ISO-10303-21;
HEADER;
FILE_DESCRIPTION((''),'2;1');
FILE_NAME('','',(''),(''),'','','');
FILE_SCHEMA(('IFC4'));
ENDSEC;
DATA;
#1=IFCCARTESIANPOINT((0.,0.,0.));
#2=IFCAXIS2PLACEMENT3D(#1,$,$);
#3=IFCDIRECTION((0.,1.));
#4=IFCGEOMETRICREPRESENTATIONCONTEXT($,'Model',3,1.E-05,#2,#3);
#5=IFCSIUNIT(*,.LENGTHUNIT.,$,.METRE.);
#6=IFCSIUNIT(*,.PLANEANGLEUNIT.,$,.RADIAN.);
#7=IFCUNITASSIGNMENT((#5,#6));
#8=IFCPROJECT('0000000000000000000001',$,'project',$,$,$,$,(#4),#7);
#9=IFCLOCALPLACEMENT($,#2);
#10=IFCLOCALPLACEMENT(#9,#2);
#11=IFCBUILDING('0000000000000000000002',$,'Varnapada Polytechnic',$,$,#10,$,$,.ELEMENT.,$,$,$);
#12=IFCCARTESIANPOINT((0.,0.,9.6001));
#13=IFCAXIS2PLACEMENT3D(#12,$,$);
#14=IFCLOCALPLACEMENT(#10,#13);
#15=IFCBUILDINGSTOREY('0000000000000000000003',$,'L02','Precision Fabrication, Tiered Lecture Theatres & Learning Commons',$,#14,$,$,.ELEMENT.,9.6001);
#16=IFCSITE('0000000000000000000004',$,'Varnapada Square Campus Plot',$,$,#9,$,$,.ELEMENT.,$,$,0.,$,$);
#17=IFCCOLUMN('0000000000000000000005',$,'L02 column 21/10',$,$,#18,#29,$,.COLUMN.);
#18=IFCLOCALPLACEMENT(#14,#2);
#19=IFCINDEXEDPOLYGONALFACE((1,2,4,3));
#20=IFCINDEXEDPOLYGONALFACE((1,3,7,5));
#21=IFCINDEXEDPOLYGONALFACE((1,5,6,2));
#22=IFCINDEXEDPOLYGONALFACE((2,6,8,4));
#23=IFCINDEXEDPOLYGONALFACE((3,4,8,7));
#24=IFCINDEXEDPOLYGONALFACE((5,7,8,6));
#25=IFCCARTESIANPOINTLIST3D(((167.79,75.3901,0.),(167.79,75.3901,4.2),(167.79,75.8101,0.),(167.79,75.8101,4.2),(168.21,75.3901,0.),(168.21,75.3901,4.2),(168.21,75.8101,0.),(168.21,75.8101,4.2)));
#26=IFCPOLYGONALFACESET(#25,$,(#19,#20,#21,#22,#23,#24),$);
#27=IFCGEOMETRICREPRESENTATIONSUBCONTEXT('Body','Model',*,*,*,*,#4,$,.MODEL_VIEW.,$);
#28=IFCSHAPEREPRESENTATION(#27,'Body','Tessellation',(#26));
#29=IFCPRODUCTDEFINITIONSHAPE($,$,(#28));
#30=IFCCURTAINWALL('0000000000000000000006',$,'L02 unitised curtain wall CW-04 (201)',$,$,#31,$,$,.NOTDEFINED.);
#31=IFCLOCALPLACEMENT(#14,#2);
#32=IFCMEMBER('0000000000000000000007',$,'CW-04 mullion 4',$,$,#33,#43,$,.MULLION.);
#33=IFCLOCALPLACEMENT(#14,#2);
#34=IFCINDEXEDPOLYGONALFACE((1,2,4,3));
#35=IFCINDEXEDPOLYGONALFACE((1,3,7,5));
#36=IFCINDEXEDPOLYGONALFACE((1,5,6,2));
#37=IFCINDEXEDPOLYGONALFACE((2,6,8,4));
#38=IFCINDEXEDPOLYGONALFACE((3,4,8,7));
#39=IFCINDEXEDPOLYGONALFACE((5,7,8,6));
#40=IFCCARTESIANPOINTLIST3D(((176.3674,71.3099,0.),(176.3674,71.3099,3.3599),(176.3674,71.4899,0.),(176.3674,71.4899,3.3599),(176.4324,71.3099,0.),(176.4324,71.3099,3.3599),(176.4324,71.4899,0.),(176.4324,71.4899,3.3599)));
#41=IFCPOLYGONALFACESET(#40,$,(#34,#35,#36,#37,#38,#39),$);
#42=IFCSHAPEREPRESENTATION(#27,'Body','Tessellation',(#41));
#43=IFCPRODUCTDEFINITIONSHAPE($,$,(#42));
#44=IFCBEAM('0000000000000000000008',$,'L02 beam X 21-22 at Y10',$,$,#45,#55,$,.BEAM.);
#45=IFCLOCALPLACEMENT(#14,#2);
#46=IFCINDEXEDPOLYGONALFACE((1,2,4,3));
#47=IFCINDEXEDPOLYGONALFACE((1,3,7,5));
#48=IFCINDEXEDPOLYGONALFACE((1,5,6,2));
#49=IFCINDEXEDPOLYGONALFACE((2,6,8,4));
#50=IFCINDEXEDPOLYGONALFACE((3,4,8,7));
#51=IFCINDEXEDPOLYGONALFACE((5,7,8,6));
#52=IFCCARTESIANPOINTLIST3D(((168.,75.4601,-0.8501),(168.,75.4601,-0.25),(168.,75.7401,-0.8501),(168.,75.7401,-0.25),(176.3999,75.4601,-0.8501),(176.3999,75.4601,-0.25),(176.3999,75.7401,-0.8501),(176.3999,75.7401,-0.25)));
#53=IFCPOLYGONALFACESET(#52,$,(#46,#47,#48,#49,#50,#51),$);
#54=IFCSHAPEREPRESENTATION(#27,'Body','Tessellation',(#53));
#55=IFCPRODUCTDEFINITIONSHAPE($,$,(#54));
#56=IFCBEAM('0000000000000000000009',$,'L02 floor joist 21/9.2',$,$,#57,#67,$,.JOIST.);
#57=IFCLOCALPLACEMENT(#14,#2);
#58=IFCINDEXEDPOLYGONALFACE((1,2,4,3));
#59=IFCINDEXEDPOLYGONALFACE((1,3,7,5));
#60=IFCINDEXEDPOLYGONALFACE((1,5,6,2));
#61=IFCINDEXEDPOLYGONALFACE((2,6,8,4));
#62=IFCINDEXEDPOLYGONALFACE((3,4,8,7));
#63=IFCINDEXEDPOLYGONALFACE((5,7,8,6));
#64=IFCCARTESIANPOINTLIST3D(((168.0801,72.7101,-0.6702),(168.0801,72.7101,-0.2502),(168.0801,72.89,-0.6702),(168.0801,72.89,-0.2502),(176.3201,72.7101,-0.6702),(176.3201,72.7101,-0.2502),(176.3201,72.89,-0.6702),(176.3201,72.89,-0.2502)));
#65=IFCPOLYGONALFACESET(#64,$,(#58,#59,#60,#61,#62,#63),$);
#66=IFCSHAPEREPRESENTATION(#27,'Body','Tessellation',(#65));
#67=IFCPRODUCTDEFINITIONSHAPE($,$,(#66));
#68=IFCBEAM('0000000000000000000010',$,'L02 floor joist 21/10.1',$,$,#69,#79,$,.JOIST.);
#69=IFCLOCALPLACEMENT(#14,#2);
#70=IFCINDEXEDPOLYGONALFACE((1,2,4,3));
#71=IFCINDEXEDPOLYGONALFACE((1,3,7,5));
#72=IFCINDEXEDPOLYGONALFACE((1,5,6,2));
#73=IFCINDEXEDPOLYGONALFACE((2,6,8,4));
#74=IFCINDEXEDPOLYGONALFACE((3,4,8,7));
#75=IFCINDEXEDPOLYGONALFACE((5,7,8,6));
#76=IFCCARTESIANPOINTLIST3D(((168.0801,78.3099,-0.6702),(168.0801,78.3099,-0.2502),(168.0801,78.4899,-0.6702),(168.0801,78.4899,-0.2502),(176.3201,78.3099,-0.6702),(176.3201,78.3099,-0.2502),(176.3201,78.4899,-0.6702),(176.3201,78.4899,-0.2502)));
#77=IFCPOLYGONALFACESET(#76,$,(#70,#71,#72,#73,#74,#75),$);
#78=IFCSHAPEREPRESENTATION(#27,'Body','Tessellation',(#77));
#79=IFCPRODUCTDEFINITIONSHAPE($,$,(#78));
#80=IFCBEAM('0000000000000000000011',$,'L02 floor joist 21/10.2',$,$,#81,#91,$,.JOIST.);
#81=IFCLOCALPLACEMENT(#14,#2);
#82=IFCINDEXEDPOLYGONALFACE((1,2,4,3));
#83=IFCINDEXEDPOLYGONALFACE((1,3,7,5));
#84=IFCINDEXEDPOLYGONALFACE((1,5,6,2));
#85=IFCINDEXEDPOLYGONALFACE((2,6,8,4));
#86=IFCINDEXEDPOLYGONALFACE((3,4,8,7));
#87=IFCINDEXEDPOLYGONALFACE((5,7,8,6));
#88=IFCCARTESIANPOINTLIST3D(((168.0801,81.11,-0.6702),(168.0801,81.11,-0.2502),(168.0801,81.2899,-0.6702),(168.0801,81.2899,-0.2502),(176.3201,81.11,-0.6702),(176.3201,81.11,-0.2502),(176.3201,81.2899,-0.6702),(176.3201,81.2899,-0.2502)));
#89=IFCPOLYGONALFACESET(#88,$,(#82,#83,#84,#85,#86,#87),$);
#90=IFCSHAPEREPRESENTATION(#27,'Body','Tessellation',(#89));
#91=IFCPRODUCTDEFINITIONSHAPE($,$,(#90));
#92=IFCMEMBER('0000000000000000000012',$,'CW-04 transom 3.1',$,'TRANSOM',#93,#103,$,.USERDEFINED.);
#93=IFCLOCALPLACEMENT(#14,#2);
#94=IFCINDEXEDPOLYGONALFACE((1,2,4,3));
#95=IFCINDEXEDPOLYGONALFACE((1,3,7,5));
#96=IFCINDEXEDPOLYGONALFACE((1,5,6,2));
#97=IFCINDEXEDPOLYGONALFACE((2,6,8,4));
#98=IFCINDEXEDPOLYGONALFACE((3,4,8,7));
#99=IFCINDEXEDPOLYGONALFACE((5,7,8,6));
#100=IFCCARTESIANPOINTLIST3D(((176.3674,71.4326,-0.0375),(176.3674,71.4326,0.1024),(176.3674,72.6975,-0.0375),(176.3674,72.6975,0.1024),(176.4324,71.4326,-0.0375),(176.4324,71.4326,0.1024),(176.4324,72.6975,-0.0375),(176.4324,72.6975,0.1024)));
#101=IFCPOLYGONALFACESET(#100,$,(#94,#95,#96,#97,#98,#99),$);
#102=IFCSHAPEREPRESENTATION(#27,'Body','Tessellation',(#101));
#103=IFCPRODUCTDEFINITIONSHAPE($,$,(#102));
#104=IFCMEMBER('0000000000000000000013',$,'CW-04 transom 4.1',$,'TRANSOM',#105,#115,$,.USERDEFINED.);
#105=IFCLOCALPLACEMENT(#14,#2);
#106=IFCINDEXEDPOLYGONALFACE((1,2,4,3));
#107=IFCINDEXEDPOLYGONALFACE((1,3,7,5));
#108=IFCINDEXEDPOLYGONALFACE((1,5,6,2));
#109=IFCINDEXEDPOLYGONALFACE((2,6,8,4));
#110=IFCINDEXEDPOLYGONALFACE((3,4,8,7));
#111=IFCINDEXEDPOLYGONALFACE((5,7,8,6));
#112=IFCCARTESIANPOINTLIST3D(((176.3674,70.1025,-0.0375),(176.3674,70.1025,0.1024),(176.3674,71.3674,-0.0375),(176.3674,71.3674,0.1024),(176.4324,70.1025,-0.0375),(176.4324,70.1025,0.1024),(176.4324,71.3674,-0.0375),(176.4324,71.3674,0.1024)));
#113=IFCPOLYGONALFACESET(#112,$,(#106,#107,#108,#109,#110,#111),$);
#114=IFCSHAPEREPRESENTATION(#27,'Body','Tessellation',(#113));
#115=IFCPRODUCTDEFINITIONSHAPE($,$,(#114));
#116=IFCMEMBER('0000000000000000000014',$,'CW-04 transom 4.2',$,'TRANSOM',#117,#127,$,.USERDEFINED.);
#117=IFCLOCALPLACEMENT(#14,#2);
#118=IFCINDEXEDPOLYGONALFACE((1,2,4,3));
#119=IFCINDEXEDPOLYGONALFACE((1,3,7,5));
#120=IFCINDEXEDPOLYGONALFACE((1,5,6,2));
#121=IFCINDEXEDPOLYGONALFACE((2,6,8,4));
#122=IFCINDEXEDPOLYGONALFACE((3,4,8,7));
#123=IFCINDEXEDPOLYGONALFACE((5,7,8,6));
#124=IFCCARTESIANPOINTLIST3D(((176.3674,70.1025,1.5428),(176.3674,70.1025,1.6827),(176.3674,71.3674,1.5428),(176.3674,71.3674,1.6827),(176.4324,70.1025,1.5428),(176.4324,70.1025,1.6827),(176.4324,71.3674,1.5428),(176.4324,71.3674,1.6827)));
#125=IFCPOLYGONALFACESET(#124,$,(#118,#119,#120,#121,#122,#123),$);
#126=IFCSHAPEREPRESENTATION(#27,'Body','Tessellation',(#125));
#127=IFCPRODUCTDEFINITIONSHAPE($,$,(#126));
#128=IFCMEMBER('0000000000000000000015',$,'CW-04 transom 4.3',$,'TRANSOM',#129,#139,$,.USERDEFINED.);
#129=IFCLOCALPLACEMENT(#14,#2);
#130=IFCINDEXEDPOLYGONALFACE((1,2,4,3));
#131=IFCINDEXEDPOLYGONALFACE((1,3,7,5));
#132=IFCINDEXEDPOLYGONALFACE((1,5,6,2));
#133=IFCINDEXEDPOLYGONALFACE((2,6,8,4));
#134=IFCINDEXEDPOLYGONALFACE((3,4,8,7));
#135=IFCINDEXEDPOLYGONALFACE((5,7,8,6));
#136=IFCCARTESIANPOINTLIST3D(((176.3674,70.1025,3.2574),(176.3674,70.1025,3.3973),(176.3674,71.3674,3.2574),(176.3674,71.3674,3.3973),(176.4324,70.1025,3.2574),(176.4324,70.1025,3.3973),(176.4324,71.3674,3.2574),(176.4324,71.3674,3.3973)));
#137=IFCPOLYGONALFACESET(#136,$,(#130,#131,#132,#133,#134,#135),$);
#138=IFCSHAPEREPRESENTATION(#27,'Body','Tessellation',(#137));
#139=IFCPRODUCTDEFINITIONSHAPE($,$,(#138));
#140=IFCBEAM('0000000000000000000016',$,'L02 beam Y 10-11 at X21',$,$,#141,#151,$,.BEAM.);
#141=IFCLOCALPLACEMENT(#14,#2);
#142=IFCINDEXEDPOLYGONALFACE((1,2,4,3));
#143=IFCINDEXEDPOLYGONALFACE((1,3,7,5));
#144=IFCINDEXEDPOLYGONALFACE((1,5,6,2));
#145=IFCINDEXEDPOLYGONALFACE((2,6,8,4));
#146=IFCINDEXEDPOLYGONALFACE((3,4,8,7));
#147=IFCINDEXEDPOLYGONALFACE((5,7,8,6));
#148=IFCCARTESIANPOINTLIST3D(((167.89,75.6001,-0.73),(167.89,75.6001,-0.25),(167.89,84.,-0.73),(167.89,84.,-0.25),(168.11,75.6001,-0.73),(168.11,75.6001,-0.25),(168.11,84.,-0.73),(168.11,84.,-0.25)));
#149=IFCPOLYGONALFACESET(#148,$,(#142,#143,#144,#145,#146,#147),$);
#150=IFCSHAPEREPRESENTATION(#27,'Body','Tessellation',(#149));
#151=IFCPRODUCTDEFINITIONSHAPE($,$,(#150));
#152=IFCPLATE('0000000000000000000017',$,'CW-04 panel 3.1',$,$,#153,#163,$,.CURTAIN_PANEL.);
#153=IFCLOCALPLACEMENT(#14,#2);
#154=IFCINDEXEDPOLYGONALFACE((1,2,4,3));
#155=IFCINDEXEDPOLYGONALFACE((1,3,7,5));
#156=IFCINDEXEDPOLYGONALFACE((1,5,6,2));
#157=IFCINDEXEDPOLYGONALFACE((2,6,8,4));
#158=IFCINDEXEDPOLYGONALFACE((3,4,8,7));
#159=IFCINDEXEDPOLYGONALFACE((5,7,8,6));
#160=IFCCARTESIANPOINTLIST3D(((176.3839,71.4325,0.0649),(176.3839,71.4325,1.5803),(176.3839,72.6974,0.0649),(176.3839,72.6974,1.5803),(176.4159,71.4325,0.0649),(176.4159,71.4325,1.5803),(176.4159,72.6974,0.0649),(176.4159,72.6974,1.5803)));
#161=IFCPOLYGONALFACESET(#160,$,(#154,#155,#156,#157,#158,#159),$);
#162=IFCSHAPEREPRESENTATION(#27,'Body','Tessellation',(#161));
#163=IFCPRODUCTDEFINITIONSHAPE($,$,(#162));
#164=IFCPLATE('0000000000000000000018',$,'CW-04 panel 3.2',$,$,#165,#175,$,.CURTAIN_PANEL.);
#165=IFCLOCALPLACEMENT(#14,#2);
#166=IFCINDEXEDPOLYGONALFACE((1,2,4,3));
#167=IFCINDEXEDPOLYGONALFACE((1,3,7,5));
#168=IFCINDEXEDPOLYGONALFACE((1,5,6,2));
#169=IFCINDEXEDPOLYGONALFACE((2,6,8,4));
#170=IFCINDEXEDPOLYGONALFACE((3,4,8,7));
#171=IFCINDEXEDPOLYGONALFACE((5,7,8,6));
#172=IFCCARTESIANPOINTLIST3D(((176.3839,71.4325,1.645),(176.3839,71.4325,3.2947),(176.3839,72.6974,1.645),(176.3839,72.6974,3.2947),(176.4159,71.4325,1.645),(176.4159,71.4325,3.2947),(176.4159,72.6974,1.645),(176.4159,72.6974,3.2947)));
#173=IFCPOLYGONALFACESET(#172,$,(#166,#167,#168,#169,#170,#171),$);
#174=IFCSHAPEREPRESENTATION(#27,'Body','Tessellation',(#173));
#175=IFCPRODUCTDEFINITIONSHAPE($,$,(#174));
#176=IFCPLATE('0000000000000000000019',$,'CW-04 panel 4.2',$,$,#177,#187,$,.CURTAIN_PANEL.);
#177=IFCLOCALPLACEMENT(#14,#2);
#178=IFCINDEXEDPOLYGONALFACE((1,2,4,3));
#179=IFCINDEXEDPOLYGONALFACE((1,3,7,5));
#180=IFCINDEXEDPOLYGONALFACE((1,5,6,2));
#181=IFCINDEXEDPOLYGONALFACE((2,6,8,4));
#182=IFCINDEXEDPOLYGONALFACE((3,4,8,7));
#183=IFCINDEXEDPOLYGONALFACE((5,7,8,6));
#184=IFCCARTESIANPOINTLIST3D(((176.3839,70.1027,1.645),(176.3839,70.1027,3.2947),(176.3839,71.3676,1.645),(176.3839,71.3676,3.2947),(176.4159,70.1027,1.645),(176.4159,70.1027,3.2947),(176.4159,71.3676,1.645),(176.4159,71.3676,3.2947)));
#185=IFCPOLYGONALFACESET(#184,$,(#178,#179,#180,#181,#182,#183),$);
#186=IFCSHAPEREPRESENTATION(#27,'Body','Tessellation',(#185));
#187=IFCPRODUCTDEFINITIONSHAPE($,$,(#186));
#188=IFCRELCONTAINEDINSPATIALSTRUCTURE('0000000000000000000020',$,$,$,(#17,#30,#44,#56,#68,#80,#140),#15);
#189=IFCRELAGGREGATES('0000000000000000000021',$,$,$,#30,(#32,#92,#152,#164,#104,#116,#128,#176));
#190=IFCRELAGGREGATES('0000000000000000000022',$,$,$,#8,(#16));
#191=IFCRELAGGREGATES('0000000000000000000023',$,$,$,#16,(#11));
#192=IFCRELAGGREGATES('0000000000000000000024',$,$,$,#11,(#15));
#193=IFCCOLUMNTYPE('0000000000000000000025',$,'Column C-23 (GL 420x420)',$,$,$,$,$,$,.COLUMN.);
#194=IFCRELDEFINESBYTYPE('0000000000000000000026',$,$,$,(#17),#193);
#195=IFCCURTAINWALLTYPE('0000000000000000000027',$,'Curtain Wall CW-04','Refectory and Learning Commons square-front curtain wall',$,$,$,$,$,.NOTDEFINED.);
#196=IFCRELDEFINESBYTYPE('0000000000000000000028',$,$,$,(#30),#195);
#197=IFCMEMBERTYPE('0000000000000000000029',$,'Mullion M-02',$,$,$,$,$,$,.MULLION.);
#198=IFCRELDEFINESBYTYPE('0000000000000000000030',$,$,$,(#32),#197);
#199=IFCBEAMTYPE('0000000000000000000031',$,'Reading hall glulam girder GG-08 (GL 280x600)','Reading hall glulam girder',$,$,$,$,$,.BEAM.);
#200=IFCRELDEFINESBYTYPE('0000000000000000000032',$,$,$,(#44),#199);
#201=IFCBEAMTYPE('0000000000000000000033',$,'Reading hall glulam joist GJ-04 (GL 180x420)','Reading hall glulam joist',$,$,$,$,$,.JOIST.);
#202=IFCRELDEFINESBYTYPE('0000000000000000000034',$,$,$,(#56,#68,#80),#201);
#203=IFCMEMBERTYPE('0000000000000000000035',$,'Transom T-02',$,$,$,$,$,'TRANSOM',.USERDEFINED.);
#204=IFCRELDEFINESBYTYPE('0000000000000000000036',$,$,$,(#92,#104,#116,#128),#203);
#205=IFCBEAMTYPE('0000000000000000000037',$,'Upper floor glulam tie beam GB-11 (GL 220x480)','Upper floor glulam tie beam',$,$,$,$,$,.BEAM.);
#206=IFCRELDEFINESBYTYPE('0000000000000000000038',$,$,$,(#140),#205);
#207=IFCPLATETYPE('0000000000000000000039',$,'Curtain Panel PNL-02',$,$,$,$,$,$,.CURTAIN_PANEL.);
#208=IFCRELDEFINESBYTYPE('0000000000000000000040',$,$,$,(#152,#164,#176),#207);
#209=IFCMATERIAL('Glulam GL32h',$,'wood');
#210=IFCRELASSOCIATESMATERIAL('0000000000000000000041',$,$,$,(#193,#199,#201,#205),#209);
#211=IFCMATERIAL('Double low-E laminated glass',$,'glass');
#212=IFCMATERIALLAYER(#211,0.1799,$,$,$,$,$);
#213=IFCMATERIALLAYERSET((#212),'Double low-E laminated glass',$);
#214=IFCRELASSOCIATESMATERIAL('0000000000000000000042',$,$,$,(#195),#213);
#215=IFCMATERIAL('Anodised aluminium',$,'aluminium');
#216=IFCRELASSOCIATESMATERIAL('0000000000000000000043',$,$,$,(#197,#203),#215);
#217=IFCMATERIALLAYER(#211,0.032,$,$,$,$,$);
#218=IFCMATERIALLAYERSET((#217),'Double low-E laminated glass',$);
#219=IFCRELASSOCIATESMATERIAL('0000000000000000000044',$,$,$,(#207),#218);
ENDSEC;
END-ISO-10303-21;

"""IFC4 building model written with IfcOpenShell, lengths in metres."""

from ifc_helpers import new_model, si_unit, direction, frame, origin, origin_2d, place, context, subcontext, project, spatial, rectangle, extrude, material, layer, layer_set, material_profile, profile_set, type_object, element, aggregate, save


model = new_model("IFC4")

# Units and contexts
model_context = context("Model", 3, precision=1e-05, world=origin(), true_north=direction((0.0, 1.0)))
body_context = subcontext(model_context, "Body", "Model", "MODEL_VIEW")
ifc_project = project(units=[si_unit("LENGTHUNIT", "METRE"), si_unit("PLANEANGLEUNIT", "RADIAN")], contexts=[model_context])

# Site, building, storey
site_placement = place(None, origin())
site = spatial("IfcSite", under=ifc_project, at=site_placement, Name="Varnapada Square Campus Plot", CompositionType="ELEMENT", RefElevation=0.0)
building_placement = place(site_placement, origin())
building = spatial("IfcBuilding", under=site, at=building_placement, Name="Varnapada Polytechnic", CompositionType="ELEMENT")
storey_placement = place(building_placement, frame((0.0, 0.0, 9.6001)))
storey = spatial("IfcBuildingStorey", under=building, at=storey_placement, Name="L02", Description="Precision Fabrication, Tiered Lecture Theatres & Learning Commons", CompositionType="ELEMENT", Elevation=9.6001)

# Column
ifc_material_1 = material(Name="Glulam GL32h", Category="wood")
ifc_material_profile_1 = material_profile(ifc_material_1, rectangle(XDim=0.4199, YDim=0.4199, at=origin_2d()), Name="GL 420x420")
ifc_profile_set_1 = profile_set([ifc_material_profile_1], Name="Glulam GL32h")
column_type = type_object("IfcColumnType", Name="Column C-23 (GL 420x420)", PredefinedType="COLUMN", material=ifc_profile_set_1)
column_placement = place(storey_placement, frame((168.0, 75.6001, 0.0), z_axis=(0.0, 0.0, 1.0), x_axis=(1.0, 0.0, 0.0)))
element("IfcColumn", 1, at=column_placement, inside=storey, type_object=column_type, Name="L02 column 21/10", PredefinedType="COLUMN", context=body_context, shape_type="SweptSolid", body=[
    extrude(rectangle(XDim=0.4199, YDim=0.4199, at=origin_2d()), origin(), (0.0, 0.0, 1.0), 4.2),
])

# Curtain wall, member
ifc_material_2 = material(Name="Double low-E laminated glass", Category="glass")
ifc_layer_1 = layer(ifc_material_2, 0.1799)
ifc_layer_set_1 = layer_set([ifc_layer_1], Name="Double low-E laminated glass")
curtain_wall_type = type_object("IfcCurtainWallType", Name="Curtain Wall CW-04", Description="Refectory and Learning Commons square-front curtain wall", PredefinedType="NOTDEFINED", material=ifc_layer_set_1)
curtain_wall_placement = place(storey_placement, origin())
curtain_wall = element("IfcCurtainWall", 2, at=curtain_wall_placement, inside=storey, type_object=curtain_wall_type, Name="L02 unitised curtain wall CW-04 (201)", PredefinedType="NOTDEFINED")
ifc_material_3 = material(Name="Anodised aluminium", Category="aluminium")
ifc_material_profile_2 = material_profile(ifc_material_3, rectangle(XDim=0.0649, YDim=0.1799, at=origin_2d()), Name="ALU M65x180")
ifc_profile_set_2 = profile_set([ifc_material_profile_2], Name="Anodised aluminium")
member_type_1 = type_object("IfcMemberType", Name="Mullion M-02", PredefinedType="MULLION", material=ifc_profile_set_2)
member_1_placement = place(storey_placement, frame((176.3999, 71.3999, 0.0), z_axis=(0.0, 0.0, 1.0), x_axis=(1.0, 0.0, 0.0)))
member_1 = element("IfcMember", 3, at=member_1_placement, type_object=member_type_1, Name="CW-04 mullion 4", PredefinedType="MULLION", context=body_context, shape_type="SweptSolid", body=[
    extrude(rectangle(XDim=0.0649, YDim=0.1799, at=origin_2d()), origin(), (0.0, 0.0, 1.0), 3.3599),
])

# Beams
ifc_material_profile_3 = material_profile(ifc_material_1, rectangle(XDim=0.28, YDim=0.6001, at=origin_2d()), Name="GL 280x600")
ifc_profile_set_3 = profile_set([ifc_material_profile_3], Name="Glulam GL32h")
beam_type_1 = type_object("IfcBeamType", Name="Reading hall glulam girder GG-08 (GL 280x600)", Description="Reading hall glulam girder", PredefinedType="BEAM", material=ifc_profile_set_3)
beam_1_placement = place(storey_placement, frame((168.0, 75.6001, -0.55), z_axis=(1.0, 0.0, 0.0), x_axis=(0.0, 1.0, 0.0)))
element("IfcBeam", 4, at=beam_1_placement, inside=storey, type_object=beam_type_1, Name="L02 beam X 21-22 at Y10", PredefinedType="BEAM", context=body_context, shape_type="SweptSolid", body=[
    extrude(rectangle(XDim=0.28, YDim=0.6001, at=origin_2d()), origin(), (0.0, 0.0, 1.0), 8.3999),
])
ifc_material_profile_4 = material_profile(ifc_material_1, rectangle(XDim=0.1799, YDim=0.4199, at=origin_2d()), Name="GL 180x420")
ifc_profile_set_4 = profile_set([ifc_material_profile_4], Name="Glulam GL32h")
beam_type_2 = type_object("IfcBeamType", Name="Reading hall glulam joist GJ-04 (GL 180x420)", Description="Reading hall glulam joist", PredefinedType="JOIST", material=ifc_profile_set_4)
for number, where, z_axis, x_axis, name in (
    (5, (168.0801, 72.8, -0.4602), (1.0, 0.0, 0.0), (0.0, 1.0, 0.0), "L02 floor joist 21/9.2"),
    (6, (168.0801, 78.3999, -0.4602), (1.0, 0.0, 0.0), (0.0, 1.0, 0.0), "L02 floor joist 21/10.1"),
    (7, (168.0801, 81.2, -0.4602), (1.0, 0.0, 0.0), (0.0, 1.0, 0.0), "L02 floor joist 21/10.2"),
):
    element("IfcBeam", number, at=place(storey_placement, frame(where, z_axis=z_axis, x_axis=x_axis)), inside=storey, type_object=beam_type_2, Name=name, PredefinedType="JOIST", context=body_context, shape_type="SweptSolid", body=[
        extrude(rectangle(XDim=0.1799, YDim=0.4199, at=origin_2d()), origin(), (0.0, 0.0, 1.0), 8.24),
    ])

# Members
ifc_material_profile_5 = material_profile(ifc_material_3, rectangle(XDim=0.0649, YDim=0.1399, at=origin_2d()), Name="ALU T65x140")
ifc_profile_set_5 = profile_set([ifc_material_profile_5], Name="Anodised aluminium")
member_type_2 = type_object("IfcMemberType", Name="Transom T-02", ElementType="TRANSOM", PredefinedType="USERDEFINED", material=ifc_profile_set_5)
member_2_placement = place(storey_placement, frame((176.3999, 72.6975, 0.0325), z_axis=(0.0, -1.0, 0.0), x_axis=(1.0, 0.0, 0.0)))
member_2 = element("IfcMember", 8, at=member_2_placement, type_object=member_type_2, Name="CW-04 transom 3.1", ObjectType="TRANSOM", PredefinedType="USERDEFINED", context=body_context, shape_type="SweptSolid", body=[
    extrude(rectangle(XDim=0.0649, YDim=0.1399, at=origin_2d()), origin(), (0.0, 0.0, 1.0), 1.2649),
])
member_3_placement = place(storey_placement, frame((176.3999, 71.3674, 0.0325), z_axis=(0.0, -1.0, 0.0), x_axis=(1.0, 0.0, 0.0)))
member_3 = element("IfcMember", 9, at=member_3_placement, type_object=member_type_2, Name="CW-04 transom 4.1", ObjectType="TRANSOM", PredefinedType="USERDEFINED", context=body_context, shape_type="SweptSolid", body=[
    extrude(rectangle(XDim=0.0649, YDim=0.1399, at=origin_2d()), origin(), (0.0, 0.0, 1.0), 1.2649),
])
member_4_placement = place(storey_placement, frame((176.3999, 71.3674, 1.6128), z_axis=(0.0, -1.0, 0.0), x_axis=(1.0, 0.0, 0.0)))
member_4 = element("IfcMember", 10, at=member_4_placement, type_object=member_type_2, Name="CW-04 transom 4.2", ObjectType="TRANSOM", PredefinedType="USERDEFINED", context=body_context, shape_type="SweptSolid", body=[
    extrude(rectangle(XDim=0.0649, YDim=0.1399, at=origin_2d()), origin(), (0.0, 0.0, 1.0), 1.2649),
])
member_5_placement = place(storey_placement, frame((176.3999, 71.3674, 3.3274), z_axis=(0.0, -1.0, 0.0), x_axis=(1.0, 0.0, 0.0)))
member_5 = element("IfcMember", 11, at=member_5_placement, type_object=member_type_2, Name="CW-04 transom 4.3", ObjectType="TRANSOM", PredefinedType="USERDEFINED", context=body_context, shape_type="SweptSolid", body=[
    extrude(rectangle(XDim=0.0649, YDim=0.1399, at=origin_2d()), origin(), (0.0, 0.0, 1.0), 1.2649),
])

# Beam
ifc_material_profile_6 = material_profile(ifc_material_1, rectangle(XDim=0.22, YDim=0.48, at=origin_2d()), Name="GL 220x480")
ifc_profile_set_6 = profile_set([ifc_material_profile_6], Name="Glulam GL32h")
beam_type_3 = type_object("IfcBeamType", Name="Upper floor glulam tie beam GB-11 (GL 220x480)", Description="Upper floor glulam tie beam", PredefinedType="BEAM", material=ifc_profile_set_6)
beam_2_placement = place(storey_placement, frame((168.0, 75.6001, -0.49), z_axis=(0.0, 1.0, 0.0), x_axis=(-1.0, 0.0, 0.0)))
element("IfcBeam", 12, at=beam_2_placement, inside=storey, type_object=beam_type_3, Name="L02 beam Y 10-11 at X21", PredefinedType="BEAM", context=body_context, shape_type="SweptSolid", body=[
    extrude(rectangle(XDim=0.22, YDim=0.48, at=origin_2d()), origin(), (0.0, 0.0, 1.0), 8.3999),
])

# Plates
ifc_layer_2 = layer(ifc_material_2, 0.032)
ifc_layer_set_2 = layer_set([ifc_layer_2], Name="Double low-E laminated glass")
plate_type = type_object("IfcPlateType", Name="Curtain Panel PNL-02", PredefinedType="CURTAIN_PANEL", material=ifc_layer_set_2)
plate_1_placement = place(storey_placement, frame((176.3999, 72.0649, 0.0649), z_axis=(0.0, 0.0, 1.0), x_axis=(0.0, -1.0, 0.0)))
plate_1 = element("IfcPlate", 13, at=plate_1_placement, type_object=plate_type, Name="CW-04 panel 3.1", PredefinedType="CURTAIN_PANEL", context=body_context, shape_type="SweptSolid", body=[
    extrude(rectangle(XDim=1.2649, YDim=0.032, at=origin_2d()), origin(), (0.0, 0.0, 1.0), 1.5154),
])
plate_2_placement = place(storey_placement, frame((176.3999, 72.0649, 1.645), z_axis=(0.0, 0.0, 1.0), x_axis=(0.0, -1.0, 0.0)))
plate_2 = element("IfcPlate", 14, at=plate_2_placement, type_object=plate_type, Name="CW-04 panel 3.2", PredefinedType="CURTAIN_PANEL", context=body_context, shape_type="SweptSolid", body=[
    extrude(rectangle(XDim=1.2649, YDim=0.032, at=origin_2d()), origin(), (0.0, 0.0, 1.0), 1.6497),
])
plate_3_placement = place(storey_placement, frame((176.3999, 70.7351, 1.645), z_axis=(0.0, 0.0, 1.0), x_axis=(0.0, -1.0, 0.0)))
plate_3 = element("IfcPlate", 15, at=plate_3_placement, type_object=plate_type, Name="CW-04 panel 4.2", PredefinedType="CURTAIN_PANEL", context=body_context, shape_type="SweptSolid", body=[
    extrude(rectangle(XDim=1.2649, YDim=0.032, at=origin_2d()), origin(), (0.0, 0.0, 1.0), 1.6497),
])
aggregate(curtain_wall, [member_1, member_2, plate_1, plate_2, member_3, member_4, member_5, plate_3])

save(model, "model.ifc")
